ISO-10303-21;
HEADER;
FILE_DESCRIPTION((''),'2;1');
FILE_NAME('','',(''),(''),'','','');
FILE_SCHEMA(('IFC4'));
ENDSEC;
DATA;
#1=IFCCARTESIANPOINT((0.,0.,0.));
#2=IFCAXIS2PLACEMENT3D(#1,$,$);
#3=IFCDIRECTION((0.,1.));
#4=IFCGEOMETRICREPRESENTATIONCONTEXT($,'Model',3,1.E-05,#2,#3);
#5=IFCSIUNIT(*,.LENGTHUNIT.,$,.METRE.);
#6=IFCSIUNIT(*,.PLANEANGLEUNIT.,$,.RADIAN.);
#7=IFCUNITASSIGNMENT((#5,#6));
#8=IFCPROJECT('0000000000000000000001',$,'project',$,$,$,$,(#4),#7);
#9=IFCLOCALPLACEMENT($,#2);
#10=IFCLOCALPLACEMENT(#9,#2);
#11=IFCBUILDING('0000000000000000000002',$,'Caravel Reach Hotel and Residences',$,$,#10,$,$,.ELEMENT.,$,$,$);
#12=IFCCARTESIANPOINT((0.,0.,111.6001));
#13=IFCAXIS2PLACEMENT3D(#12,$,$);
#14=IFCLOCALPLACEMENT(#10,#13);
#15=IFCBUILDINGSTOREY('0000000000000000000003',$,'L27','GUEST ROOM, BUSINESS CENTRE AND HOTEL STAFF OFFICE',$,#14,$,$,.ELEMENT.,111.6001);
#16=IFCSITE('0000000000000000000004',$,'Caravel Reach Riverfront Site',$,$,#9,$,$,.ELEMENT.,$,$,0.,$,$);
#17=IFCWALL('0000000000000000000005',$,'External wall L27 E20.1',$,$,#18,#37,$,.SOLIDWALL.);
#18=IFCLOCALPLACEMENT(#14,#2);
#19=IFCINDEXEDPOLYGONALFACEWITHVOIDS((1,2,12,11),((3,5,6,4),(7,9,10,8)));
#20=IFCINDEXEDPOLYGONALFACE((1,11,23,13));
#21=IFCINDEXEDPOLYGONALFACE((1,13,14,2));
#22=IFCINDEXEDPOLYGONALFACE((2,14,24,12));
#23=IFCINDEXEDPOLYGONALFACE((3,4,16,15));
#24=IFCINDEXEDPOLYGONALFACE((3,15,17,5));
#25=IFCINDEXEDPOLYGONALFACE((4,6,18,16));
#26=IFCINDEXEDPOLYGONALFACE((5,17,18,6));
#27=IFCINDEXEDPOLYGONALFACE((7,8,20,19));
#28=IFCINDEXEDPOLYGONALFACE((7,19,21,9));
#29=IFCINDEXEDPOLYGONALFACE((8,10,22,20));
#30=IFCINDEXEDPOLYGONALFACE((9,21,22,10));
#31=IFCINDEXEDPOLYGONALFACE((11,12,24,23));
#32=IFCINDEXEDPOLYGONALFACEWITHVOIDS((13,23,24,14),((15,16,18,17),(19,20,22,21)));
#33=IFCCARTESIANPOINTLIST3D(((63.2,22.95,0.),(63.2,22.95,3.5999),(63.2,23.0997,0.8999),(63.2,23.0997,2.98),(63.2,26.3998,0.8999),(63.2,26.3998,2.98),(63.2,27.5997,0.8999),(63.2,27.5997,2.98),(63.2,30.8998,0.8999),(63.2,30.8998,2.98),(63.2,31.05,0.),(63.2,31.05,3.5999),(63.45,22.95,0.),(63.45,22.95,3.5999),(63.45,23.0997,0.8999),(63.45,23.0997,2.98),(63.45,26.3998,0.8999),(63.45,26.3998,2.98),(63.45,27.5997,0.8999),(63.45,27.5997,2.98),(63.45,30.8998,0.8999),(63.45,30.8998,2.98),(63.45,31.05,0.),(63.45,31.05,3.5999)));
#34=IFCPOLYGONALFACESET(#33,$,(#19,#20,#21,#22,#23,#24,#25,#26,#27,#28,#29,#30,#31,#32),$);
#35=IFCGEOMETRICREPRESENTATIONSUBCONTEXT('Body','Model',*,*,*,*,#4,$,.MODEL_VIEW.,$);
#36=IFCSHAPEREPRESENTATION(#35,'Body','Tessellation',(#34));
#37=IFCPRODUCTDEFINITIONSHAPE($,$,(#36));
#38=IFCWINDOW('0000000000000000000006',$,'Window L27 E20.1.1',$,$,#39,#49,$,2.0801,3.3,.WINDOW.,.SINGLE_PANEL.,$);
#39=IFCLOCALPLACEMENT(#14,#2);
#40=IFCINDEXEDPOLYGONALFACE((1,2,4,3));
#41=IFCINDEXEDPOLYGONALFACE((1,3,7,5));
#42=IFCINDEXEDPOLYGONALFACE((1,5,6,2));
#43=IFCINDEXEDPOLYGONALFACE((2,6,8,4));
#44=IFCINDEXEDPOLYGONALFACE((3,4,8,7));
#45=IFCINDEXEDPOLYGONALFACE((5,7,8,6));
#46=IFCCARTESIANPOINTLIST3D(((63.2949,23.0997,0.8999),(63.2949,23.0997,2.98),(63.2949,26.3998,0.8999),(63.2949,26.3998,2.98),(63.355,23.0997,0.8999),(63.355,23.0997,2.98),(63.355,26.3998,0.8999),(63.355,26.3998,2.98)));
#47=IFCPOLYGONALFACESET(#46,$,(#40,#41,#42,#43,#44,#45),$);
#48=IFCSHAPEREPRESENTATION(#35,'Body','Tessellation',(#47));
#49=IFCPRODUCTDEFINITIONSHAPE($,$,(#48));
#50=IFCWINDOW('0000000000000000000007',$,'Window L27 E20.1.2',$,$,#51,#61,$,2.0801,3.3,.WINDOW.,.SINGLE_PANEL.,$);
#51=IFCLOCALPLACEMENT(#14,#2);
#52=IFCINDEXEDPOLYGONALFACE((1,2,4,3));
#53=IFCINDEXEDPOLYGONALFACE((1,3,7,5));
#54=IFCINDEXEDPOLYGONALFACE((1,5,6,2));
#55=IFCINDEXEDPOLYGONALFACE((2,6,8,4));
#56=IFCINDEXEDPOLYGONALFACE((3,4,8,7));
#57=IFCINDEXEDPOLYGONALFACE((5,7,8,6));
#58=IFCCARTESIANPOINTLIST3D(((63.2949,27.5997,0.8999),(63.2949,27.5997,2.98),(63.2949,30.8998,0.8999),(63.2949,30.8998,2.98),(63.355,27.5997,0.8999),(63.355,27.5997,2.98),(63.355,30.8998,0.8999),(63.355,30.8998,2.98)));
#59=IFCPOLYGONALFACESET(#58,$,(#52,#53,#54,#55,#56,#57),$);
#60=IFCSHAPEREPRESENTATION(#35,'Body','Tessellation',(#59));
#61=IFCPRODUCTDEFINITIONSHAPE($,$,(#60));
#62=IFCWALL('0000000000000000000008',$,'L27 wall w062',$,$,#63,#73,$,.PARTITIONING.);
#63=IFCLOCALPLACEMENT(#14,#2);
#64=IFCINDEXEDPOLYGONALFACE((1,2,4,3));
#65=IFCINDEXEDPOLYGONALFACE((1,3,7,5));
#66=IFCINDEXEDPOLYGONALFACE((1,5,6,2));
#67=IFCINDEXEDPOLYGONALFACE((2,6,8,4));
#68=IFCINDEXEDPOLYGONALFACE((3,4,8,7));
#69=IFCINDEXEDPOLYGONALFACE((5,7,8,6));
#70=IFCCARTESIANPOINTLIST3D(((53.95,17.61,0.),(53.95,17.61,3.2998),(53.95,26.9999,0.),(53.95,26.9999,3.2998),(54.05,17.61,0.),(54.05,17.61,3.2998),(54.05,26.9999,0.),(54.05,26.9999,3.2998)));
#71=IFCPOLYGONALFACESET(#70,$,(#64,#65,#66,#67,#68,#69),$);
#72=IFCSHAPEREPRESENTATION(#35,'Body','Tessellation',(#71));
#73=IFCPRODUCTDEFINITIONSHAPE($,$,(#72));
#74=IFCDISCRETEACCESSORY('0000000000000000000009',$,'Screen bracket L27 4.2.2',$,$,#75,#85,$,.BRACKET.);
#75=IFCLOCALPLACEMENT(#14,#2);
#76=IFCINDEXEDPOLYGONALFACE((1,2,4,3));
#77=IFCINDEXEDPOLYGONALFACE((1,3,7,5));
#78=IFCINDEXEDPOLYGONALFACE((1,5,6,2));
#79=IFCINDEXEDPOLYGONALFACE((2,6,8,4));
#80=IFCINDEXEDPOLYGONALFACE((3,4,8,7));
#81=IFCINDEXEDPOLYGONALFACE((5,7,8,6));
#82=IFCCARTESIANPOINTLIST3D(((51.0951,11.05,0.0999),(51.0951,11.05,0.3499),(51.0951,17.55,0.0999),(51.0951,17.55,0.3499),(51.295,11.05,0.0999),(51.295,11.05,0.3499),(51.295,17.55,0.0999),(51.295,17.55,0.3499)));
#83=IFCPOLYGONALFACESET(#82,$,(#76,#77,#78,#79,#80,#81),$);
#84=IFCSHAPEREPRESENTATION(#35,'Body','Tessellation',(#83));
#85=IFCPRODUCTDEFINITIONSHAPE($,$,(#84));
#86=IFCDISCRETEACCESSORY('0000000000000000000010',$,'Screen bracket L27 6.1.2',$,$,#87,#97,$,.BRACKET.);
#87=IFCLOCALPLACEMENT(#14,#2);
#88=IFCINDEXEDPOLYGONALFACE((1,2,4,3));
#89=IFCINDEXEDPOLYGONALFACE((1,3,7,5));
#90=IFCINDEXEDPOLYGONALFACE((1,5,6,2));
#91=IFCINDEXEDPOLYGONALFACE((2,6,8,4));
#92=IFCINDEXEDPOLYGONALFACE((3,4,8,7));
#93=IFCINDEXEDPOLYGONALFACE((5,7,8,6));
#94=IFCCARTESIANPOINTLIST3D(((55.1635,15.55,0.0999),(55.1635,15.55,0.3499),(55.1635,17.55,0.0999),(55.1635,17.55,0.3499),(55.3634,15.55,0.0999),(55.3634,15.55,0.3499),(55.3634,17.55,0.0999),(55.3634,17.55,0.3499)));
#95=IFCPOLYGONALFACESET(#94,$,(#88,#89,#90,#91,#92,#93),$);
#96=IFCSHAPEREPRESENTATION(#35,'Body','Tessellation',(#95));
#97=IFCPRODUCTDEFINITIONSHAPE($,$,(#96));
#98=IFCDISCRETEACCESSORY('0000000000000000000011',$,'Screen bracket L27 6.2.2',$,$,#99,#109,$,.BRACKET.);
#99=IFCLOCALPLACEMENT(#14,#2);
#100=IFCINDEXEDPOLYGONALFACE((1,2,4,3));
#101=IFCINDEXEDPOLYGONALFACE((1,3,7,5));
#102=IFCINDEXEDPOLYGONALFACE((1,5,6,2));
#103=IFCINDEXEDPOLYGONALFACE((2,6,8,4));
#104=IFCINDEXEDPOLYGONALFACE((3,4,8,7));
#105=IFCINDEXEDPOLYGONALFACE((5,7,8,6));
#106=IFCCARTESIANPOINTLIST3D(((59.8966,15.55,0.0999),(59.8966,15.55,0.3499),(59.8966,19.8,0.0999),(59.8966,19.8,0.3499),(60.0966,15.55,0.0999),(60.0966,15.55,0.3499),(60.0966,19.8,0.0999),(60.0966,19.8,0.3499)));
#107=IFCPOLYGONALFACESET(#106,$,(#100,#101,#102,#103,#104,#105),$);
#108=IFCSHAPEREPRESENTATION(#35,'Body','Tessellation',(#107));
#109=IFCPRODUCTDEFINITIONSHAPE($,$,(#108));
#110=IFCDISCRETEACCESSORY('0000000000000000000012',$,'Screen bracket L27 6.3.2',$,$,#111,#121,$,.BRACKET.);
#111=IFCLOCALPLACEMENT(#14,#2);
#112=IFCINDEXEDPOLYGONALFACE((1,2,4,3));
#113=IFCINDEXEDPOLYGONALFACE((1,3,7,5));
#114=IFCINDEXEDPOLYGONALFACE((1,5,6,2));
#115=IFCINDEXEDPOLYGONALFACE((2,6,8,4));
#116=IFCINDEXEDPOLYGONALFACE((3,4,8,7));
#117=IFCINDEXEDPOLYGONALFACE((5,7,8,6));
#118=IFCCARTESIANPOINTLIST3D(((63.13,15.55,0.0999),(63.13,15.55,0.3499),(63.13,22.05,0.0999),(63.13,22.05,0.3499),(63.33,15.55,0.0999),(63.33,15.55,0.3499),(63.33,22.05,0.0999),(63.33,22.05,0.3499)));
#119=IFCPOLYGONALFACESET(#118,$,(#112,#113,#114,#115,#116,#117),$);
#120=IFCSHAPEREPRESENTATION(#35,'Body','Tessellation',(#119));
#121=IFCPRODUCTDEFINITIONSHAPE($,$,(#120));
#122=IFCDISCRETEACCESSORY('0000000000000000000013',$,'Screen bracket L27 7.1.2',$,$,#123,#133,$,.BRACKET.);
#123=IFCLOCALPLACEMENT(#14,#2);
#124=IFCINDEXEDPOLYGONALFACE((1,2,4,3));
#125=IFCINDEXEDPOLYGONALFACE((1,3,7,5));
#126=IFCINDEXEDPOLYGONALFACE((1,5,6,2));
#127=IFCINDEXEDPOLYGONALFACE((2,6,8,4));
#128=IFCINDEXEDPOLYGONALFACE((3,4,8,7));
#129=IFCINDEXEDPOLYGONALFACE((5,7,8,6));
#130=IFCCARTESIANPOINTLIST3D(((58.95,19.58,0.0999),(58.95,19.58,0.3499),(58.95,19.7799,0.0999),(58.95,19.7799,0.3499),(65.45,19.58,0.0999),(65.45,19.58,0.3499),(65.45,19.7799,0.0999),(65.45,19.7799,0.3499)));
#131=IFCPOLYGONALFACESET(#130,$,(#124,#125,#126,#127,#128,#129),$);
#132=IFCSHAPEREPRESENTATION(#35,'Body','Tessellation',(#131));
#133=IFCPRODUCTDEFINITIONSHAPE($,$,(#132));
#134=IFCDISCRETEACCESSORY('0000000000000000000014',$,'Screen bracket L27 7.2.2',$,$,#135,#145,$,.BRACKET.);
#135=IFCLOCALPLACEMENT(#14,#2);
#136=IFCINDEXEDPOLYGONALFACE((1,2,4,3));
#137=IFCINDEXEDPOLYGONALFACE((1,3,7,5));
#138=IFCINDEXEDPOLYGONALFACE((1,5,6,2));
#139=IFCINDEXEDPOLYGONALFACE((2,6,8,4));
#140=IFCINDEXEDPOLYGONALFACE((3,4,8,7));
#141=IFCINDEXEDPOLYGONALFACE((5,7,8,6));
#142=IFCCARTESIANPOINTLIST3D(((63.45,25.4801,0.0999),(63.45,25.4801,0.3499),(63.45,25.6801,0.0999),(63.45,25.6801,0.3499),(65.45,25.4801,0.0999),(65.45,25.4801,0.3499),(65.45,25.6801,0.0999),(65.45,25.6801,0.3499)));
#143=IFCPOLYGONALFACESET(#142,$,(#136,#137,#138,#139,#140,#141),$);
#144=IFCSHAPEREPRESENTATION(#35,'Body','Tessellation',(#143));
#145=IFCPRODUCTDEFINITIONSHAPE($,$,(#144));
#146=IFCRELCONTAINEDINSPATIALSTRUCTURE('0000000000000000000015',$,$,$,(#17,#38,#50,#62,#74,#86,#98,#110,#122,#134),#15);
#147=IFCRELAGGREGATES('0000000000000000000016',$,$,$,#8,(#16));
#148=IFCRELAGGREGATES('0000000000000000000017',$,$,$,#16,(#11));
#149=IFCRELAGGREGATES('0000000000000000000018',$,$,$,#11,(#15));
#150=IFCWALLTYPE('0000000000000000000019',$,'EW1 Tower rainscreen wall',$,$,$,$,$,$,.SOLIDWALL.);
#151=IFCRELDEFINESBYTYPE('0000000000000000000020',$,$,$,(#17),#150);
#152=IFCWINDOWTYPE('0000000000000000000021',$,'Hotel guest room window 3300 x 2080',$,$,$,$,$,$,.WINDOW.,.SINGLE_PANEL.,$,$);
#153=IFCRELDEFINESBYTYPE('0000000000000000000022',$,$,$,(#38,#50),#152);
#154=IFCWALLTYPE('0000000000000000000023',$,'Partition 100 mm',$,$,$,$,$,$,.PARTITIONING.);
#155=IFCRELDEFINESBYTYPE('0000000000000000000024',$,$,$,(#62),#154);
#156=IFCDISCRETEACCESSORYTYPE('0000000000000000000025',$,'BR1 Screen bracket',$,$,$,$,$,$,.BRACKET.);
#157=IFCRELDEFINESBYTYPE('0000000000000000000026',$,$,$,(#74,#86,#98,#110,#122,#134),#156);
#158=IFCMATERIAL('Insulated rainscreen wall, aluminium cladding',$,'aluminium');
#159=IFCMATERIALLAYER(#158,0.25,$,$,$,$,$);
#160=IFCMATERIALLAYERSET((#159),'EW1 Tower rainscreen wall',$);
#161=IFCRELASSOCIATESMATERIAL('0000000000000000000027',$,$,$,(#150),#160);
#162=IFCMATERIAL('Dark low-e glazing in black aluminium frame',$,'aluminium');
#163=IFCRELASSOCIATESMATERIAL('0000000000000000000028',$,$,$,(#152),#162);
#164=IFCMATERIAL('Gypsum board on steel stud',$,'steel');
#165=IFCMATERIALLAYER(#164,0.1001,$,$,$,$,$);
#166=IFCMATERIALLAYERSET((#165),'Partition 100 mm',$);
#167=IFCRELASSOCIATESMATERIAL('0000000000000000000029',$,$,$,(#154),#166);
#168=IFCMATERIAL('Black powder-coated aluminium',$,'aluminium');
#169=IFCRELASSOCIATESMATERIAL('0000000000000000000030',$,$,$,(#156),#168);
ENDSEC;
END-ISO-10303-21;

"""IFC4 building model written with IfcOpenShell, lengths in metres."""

from ifc_helpers import new_model, si_unit, direction, frame, frame_2d, origin, origin_2d, place, context, subcontext, project, spatial, rectangle, extrude, material, layer, layer_set, type_object, element, fill, save


model = new_model("IFC4")

# Units and contexts
model_context = context("Model", 3, precision=1e-05, world=origin(), true_north=direction((0.0, 1.0)))
body_context = subcontext(model_context, "Body", "Model", "MODEL_VIEW")
ifc_project = project(units=[si_unit("LENGTHUNIT", "METRE"), si_unit("PLANEANGLEUNIT", "RADIAN")], contexts=[model_context])

# Site, building, storey
site_placement = place(None, origin())
site = spatial("IfcSite", under=ifc_project, at=site_placement, Name="Caravel Reach Riverfront Site", CompositionType="ELEMENT", RefElevation=0.0)
building_placement = place(site_placement, origin())
building = spatial("IfcBuilding", under=site, at=building_placement, Name="Caravel Reach Hotel and Residences", CompositionType="ELEMENT")
storey_placement = place(building_placement, frame((0.0, 0.0, 111.6001)))
storey = spatial("IfcBuildingStorey", under=building, at=storey_placement, Name="L27", Description="GUEST ROOM, BUSINESS CENTRE AND HOTEL STAFF OFFICE", CompositionType="ELEMENT", Elevation=111.6001)

# Shared definitions
ifc_material_1 = material(Name="Insulated rainscreen wall, aluminium cladding", Category="aluminium")
ifc_layer_1 = layer(ifc_material_1, 0.25)
ifc_layer_set_1 = layer_set([ifc_layer_1], Name="EW1 Tower rainscreen wall")
wall_type_1 = type_object("IfcWallType", Name="EW1 Tower rainscreen wall", PredefinedType="SOLIDWALL", material=ifc_layer_set_1)

# Wall, openings, windows
wall_1_placement = place(storey_placement, frame((63.325, 22.95, 0.0), z_axis=(0.0, 0.0, 1.0), x_axis=(0.0, 1.0, 0.0)))
wall_1 = element("IfcWall", 1, at=wall_1_placement, inside=storey, type_object=wall_type_1, Name="External wall L27 E20.1", PredefinedType="SOLIDWALL", context=body_context, shape_type="SweptSolid", body=[
    extrude(rectangle(XDim=8.1001, YDim=0.25, at=frame_2d((4.05, 0.0))), origin(), (0.0, 0.0, 1.0), 3.5999),
])
opening_1_placement = place(wall_1_placement, frame((0.1499, 0.0, 0.8999)))
opening_1 = element("IfcOpeningElement", 2, at=opening_1_placement, cuts=wall_1, PredefinedType="OPENING", context=body_context, shape_type="SweptSolid", body=[
    extrude(rectangle(XDim=3.3, YDim=2.0801, at=frame_2d((1.6499, 1.04))), frame((0.0, 0.135, 0.0), z_axis=(0.0, -1.0, 0.0), x_axis=(1.0, 0.0, 0.0)), (0.0, 0.0, 1.0), 0.27),
])
opening_2_placement = place(wall_1_placement, frame((4.6499, 0.0, 0.8999)))
opening_2 = element("IfcOpeningElement", 3, at=opening_2_placement, cuts=wall_1, PredefinedType="OPENING", context=body_context, shape_type="SweptSolid", body=[
    extrude(rectangle(XDim=3.3, YDim=2.0801, at=frame_2d((1.6499, 1.04))), frame((0.0, 0.135, 0.0), z_axis=(0.0, -1.0, 0.0), x_axis=(1.0, 0.0, 0.0)), (0.0, 0.0, 1.0), 0.27),
])
ifc_material_2 = material(Name="Dark low-e glazing in black aluminium frame", Category="aluminium")
window_type_1 = type_object("IfcWindowType", Name="Hotel guest room window 3300 x 2080", PartitioningType="SINGLE_PANEL", PredefinedType="WINDOW", material=ifc_material_2)
window_1_placement = place(opening_1_placement, origin())
window_1 = element("IfcWindow", 4, at=window_1_placement, inside=storey, type_object=window_type_1, Name="Window L27 E20.1.1", OverallHeight=2.0801, OverallWidth=3.3, PartitioningType="SINGLE_PANEL", PredefinedType="WINDOW", context=body_context, shape_type="SweptSolid", body=[
    extrude(rectangle(XDim=3.3, YDim=2.0801, at=frame_2d((1.6499, 1.04))), frame((0.0, 0.03, 0.0), z_axis=(0.0, -1.0, 0.0), x_axis=(1.0, 0.0, 0.0)), (0.0, 0.0, 1.0), 0.0601),
])
fill(opening_1, window_1)
window_2_placement = place(opening_2_placement, origin())
window_2 = element("IfcWindow", 5, at=window_2_placement, inside=storey, type_object=window_type_1, Name="Window L27 E20.1.2", OverallHeight=2.0801, OverallWidth=3.3, PartitioningType="SINGLE_PANEL", PredefinedType="WINDOW", context=body_context, shape_type="SweptSolid", body=[
    extrude(rectangle(XDim=3.3, YDim=2.0801, at=frame_2d((1.6499, 1.04))), frame((0.0, 0.03, 0.0), z_axis=(0.0, -1.0, 0.0), x_axis=(1.0, 0.0, 0.0)), (0.0, 0.0, 1.0), 0.0601),
])
fill(opening_2, window_2)

# Wall
ifc_material_3 = material(Name="Gypsum board on steel stud", Category="steel")
ifc_layer_2 = layer(ifc_material_3, 0.1001)
ifc_layer_set_2 = layer_set([ifc_layer_2], Name="Partition 100 mm")
wall_type_2 = type_object("IfcWallType", Name="Partition 100 mm", PredefinedType="PARTITIONING", material=ifc_layer_set_2)
wall_2_placement = place(storey_placement, frame((54.0, 17.6101, 0.0), z_axis=(0.0, 0.0, 1.0), x_axis=(0.0, 1.0, 0.0)))
element("IfcWall", 6, at=wall_2_placement, inside=storey, type_object=wall_type_2, Name="L27 wall w062", PredefinedType="PARTITIONING", context=body_context, shape_type="SweptSolid", body=[
    extrude(rectangle(XDim=9.3899, YDim=0.1001, at=frame_2d((4.6948, 0.0))), origin(), (0.0, 0.0, 1.0), 3.2998),
])

# Discrete accessories
ifc_material_4 = material(Name="Black powder-coated aluminium", Category="aluminium")
discrete_accessory_type = type_object("IfcDiscreteAccessoryType", Name="BR1 Screen bracket", PredefinedType="BRACKET", material=ifc_material_4)
discrete_accessory_1_placement = place(storey_placement, frame((51.1951, 14.3, 0.0999), z_axis=(0.0, 0.0, 1.0), x_axis=(0.0, -1.0, 0.0)))
element("IfcDiscreteAccessory", 7, at=discrete_accessory_1_placement, inside=storey, type_object=discrete_accessory_type, Name="Screen bracket L27 4.2.2", PredefinedType="BRACKET", context=body_context, shape_type="SweptSolid", body=[
    extrude(rectangle(XDim=6.5, YDim=0.2, at=origin_2d()), origin(), (0.0, 0.0, 1.0), 0.25),
])
discrete_accessory_2_placement = place(storey_placement, frame((55.2634, 16.55, 0.0999), z_axis=(0.0, 0.0, 1.0), x_axis=(0.0, -1.0, 0.0)))
element("IfcDiscreteAccessory", 8, at=discrete_accessory_2_placement, inside=storey, type_object=discrete_accessory_type, Name="Screen bracket L27 6.1.2", PredefinedType="BRACKET", context=body_context, shape_type="SweptSolid", body=[
    extrude(rectangle(XDim=2.0, YDim=0.2, at=origin_2d()), origin(), (0.0, 0.0, 1.0), 0.25),
])
discrete_accessory_3_placement = place(storey_placement, frame((59.9966, 17.675, 0.0999), z_axis=(0.0, 0.0, 1.0), x_axis=(0.0, -1.0, 0.0)))
element("IfcDiscreteAccessory", 9, at=discrete_accessory_3_placement, inside=storey, type_object=discrete_accessory_type, Name="Screen bracket L27 6.2.2", PredefinedType="BRACKET", context=body_context, shape_type="SweptSolid", body=[
    extrude(rectangle(XDim=4.25, YDim=0.2, at=origin_2d()), origin(), (0.0, 0.0, 1.0), 0.25),
])
for number, where, z_axis, x_axis, name in (
    (10, (63.23, 18.8, 0.0999), (0.0, 0.0, 1.0), (0.0, -1.0, 0.0), "Screen bracket L27 6.3.2"),
    (11, (62.2, 19.6799, 0.0999), (0.0, 0.0, 1.0), (1.0, 0.0, 0.0), "Screen bracket L27 7.1.2"),
):
    element("IfcDiscreteAccessory", number, at=place(storey_placement, frame(where, z_axis=z_axis, x_axis=x_axis)), inside=storey, type_object=discrete_accessory_type, Name=name, PredefinedType="BRACKET", context=body_context, shape_type="SweptSolid", body=[
        extrude(rectangle(XDim=6.5, YDim=0.2, at=origin_2d()), origin(), (0.0, 0.0, 1.0), 0.25),
    ])
discrete_accessory_4_placement = place(storey_placement, frame((64.45, 25.5801, 0.0999), z_axis=(0.0, 0.0, 1.0), x_axis=(1.0, 0.0, 0.0)))
element("IfcDiscreteAccessory", 12, at=discrete_accessory_4_placement, inside=storey, type_object=discrete_accessory_type, Name="Screen bracket L27 7.2.2", PredefinedType="BRACKET", context=body_context, shape_type="SweptSolid", body=[
    extrude(rectangle(XDim=2.0, YDim=0.2, at=origin_2d()), origin(), (0.0, 0.0, 1.0), 0.25),
])

save(model, "model.ifc")
